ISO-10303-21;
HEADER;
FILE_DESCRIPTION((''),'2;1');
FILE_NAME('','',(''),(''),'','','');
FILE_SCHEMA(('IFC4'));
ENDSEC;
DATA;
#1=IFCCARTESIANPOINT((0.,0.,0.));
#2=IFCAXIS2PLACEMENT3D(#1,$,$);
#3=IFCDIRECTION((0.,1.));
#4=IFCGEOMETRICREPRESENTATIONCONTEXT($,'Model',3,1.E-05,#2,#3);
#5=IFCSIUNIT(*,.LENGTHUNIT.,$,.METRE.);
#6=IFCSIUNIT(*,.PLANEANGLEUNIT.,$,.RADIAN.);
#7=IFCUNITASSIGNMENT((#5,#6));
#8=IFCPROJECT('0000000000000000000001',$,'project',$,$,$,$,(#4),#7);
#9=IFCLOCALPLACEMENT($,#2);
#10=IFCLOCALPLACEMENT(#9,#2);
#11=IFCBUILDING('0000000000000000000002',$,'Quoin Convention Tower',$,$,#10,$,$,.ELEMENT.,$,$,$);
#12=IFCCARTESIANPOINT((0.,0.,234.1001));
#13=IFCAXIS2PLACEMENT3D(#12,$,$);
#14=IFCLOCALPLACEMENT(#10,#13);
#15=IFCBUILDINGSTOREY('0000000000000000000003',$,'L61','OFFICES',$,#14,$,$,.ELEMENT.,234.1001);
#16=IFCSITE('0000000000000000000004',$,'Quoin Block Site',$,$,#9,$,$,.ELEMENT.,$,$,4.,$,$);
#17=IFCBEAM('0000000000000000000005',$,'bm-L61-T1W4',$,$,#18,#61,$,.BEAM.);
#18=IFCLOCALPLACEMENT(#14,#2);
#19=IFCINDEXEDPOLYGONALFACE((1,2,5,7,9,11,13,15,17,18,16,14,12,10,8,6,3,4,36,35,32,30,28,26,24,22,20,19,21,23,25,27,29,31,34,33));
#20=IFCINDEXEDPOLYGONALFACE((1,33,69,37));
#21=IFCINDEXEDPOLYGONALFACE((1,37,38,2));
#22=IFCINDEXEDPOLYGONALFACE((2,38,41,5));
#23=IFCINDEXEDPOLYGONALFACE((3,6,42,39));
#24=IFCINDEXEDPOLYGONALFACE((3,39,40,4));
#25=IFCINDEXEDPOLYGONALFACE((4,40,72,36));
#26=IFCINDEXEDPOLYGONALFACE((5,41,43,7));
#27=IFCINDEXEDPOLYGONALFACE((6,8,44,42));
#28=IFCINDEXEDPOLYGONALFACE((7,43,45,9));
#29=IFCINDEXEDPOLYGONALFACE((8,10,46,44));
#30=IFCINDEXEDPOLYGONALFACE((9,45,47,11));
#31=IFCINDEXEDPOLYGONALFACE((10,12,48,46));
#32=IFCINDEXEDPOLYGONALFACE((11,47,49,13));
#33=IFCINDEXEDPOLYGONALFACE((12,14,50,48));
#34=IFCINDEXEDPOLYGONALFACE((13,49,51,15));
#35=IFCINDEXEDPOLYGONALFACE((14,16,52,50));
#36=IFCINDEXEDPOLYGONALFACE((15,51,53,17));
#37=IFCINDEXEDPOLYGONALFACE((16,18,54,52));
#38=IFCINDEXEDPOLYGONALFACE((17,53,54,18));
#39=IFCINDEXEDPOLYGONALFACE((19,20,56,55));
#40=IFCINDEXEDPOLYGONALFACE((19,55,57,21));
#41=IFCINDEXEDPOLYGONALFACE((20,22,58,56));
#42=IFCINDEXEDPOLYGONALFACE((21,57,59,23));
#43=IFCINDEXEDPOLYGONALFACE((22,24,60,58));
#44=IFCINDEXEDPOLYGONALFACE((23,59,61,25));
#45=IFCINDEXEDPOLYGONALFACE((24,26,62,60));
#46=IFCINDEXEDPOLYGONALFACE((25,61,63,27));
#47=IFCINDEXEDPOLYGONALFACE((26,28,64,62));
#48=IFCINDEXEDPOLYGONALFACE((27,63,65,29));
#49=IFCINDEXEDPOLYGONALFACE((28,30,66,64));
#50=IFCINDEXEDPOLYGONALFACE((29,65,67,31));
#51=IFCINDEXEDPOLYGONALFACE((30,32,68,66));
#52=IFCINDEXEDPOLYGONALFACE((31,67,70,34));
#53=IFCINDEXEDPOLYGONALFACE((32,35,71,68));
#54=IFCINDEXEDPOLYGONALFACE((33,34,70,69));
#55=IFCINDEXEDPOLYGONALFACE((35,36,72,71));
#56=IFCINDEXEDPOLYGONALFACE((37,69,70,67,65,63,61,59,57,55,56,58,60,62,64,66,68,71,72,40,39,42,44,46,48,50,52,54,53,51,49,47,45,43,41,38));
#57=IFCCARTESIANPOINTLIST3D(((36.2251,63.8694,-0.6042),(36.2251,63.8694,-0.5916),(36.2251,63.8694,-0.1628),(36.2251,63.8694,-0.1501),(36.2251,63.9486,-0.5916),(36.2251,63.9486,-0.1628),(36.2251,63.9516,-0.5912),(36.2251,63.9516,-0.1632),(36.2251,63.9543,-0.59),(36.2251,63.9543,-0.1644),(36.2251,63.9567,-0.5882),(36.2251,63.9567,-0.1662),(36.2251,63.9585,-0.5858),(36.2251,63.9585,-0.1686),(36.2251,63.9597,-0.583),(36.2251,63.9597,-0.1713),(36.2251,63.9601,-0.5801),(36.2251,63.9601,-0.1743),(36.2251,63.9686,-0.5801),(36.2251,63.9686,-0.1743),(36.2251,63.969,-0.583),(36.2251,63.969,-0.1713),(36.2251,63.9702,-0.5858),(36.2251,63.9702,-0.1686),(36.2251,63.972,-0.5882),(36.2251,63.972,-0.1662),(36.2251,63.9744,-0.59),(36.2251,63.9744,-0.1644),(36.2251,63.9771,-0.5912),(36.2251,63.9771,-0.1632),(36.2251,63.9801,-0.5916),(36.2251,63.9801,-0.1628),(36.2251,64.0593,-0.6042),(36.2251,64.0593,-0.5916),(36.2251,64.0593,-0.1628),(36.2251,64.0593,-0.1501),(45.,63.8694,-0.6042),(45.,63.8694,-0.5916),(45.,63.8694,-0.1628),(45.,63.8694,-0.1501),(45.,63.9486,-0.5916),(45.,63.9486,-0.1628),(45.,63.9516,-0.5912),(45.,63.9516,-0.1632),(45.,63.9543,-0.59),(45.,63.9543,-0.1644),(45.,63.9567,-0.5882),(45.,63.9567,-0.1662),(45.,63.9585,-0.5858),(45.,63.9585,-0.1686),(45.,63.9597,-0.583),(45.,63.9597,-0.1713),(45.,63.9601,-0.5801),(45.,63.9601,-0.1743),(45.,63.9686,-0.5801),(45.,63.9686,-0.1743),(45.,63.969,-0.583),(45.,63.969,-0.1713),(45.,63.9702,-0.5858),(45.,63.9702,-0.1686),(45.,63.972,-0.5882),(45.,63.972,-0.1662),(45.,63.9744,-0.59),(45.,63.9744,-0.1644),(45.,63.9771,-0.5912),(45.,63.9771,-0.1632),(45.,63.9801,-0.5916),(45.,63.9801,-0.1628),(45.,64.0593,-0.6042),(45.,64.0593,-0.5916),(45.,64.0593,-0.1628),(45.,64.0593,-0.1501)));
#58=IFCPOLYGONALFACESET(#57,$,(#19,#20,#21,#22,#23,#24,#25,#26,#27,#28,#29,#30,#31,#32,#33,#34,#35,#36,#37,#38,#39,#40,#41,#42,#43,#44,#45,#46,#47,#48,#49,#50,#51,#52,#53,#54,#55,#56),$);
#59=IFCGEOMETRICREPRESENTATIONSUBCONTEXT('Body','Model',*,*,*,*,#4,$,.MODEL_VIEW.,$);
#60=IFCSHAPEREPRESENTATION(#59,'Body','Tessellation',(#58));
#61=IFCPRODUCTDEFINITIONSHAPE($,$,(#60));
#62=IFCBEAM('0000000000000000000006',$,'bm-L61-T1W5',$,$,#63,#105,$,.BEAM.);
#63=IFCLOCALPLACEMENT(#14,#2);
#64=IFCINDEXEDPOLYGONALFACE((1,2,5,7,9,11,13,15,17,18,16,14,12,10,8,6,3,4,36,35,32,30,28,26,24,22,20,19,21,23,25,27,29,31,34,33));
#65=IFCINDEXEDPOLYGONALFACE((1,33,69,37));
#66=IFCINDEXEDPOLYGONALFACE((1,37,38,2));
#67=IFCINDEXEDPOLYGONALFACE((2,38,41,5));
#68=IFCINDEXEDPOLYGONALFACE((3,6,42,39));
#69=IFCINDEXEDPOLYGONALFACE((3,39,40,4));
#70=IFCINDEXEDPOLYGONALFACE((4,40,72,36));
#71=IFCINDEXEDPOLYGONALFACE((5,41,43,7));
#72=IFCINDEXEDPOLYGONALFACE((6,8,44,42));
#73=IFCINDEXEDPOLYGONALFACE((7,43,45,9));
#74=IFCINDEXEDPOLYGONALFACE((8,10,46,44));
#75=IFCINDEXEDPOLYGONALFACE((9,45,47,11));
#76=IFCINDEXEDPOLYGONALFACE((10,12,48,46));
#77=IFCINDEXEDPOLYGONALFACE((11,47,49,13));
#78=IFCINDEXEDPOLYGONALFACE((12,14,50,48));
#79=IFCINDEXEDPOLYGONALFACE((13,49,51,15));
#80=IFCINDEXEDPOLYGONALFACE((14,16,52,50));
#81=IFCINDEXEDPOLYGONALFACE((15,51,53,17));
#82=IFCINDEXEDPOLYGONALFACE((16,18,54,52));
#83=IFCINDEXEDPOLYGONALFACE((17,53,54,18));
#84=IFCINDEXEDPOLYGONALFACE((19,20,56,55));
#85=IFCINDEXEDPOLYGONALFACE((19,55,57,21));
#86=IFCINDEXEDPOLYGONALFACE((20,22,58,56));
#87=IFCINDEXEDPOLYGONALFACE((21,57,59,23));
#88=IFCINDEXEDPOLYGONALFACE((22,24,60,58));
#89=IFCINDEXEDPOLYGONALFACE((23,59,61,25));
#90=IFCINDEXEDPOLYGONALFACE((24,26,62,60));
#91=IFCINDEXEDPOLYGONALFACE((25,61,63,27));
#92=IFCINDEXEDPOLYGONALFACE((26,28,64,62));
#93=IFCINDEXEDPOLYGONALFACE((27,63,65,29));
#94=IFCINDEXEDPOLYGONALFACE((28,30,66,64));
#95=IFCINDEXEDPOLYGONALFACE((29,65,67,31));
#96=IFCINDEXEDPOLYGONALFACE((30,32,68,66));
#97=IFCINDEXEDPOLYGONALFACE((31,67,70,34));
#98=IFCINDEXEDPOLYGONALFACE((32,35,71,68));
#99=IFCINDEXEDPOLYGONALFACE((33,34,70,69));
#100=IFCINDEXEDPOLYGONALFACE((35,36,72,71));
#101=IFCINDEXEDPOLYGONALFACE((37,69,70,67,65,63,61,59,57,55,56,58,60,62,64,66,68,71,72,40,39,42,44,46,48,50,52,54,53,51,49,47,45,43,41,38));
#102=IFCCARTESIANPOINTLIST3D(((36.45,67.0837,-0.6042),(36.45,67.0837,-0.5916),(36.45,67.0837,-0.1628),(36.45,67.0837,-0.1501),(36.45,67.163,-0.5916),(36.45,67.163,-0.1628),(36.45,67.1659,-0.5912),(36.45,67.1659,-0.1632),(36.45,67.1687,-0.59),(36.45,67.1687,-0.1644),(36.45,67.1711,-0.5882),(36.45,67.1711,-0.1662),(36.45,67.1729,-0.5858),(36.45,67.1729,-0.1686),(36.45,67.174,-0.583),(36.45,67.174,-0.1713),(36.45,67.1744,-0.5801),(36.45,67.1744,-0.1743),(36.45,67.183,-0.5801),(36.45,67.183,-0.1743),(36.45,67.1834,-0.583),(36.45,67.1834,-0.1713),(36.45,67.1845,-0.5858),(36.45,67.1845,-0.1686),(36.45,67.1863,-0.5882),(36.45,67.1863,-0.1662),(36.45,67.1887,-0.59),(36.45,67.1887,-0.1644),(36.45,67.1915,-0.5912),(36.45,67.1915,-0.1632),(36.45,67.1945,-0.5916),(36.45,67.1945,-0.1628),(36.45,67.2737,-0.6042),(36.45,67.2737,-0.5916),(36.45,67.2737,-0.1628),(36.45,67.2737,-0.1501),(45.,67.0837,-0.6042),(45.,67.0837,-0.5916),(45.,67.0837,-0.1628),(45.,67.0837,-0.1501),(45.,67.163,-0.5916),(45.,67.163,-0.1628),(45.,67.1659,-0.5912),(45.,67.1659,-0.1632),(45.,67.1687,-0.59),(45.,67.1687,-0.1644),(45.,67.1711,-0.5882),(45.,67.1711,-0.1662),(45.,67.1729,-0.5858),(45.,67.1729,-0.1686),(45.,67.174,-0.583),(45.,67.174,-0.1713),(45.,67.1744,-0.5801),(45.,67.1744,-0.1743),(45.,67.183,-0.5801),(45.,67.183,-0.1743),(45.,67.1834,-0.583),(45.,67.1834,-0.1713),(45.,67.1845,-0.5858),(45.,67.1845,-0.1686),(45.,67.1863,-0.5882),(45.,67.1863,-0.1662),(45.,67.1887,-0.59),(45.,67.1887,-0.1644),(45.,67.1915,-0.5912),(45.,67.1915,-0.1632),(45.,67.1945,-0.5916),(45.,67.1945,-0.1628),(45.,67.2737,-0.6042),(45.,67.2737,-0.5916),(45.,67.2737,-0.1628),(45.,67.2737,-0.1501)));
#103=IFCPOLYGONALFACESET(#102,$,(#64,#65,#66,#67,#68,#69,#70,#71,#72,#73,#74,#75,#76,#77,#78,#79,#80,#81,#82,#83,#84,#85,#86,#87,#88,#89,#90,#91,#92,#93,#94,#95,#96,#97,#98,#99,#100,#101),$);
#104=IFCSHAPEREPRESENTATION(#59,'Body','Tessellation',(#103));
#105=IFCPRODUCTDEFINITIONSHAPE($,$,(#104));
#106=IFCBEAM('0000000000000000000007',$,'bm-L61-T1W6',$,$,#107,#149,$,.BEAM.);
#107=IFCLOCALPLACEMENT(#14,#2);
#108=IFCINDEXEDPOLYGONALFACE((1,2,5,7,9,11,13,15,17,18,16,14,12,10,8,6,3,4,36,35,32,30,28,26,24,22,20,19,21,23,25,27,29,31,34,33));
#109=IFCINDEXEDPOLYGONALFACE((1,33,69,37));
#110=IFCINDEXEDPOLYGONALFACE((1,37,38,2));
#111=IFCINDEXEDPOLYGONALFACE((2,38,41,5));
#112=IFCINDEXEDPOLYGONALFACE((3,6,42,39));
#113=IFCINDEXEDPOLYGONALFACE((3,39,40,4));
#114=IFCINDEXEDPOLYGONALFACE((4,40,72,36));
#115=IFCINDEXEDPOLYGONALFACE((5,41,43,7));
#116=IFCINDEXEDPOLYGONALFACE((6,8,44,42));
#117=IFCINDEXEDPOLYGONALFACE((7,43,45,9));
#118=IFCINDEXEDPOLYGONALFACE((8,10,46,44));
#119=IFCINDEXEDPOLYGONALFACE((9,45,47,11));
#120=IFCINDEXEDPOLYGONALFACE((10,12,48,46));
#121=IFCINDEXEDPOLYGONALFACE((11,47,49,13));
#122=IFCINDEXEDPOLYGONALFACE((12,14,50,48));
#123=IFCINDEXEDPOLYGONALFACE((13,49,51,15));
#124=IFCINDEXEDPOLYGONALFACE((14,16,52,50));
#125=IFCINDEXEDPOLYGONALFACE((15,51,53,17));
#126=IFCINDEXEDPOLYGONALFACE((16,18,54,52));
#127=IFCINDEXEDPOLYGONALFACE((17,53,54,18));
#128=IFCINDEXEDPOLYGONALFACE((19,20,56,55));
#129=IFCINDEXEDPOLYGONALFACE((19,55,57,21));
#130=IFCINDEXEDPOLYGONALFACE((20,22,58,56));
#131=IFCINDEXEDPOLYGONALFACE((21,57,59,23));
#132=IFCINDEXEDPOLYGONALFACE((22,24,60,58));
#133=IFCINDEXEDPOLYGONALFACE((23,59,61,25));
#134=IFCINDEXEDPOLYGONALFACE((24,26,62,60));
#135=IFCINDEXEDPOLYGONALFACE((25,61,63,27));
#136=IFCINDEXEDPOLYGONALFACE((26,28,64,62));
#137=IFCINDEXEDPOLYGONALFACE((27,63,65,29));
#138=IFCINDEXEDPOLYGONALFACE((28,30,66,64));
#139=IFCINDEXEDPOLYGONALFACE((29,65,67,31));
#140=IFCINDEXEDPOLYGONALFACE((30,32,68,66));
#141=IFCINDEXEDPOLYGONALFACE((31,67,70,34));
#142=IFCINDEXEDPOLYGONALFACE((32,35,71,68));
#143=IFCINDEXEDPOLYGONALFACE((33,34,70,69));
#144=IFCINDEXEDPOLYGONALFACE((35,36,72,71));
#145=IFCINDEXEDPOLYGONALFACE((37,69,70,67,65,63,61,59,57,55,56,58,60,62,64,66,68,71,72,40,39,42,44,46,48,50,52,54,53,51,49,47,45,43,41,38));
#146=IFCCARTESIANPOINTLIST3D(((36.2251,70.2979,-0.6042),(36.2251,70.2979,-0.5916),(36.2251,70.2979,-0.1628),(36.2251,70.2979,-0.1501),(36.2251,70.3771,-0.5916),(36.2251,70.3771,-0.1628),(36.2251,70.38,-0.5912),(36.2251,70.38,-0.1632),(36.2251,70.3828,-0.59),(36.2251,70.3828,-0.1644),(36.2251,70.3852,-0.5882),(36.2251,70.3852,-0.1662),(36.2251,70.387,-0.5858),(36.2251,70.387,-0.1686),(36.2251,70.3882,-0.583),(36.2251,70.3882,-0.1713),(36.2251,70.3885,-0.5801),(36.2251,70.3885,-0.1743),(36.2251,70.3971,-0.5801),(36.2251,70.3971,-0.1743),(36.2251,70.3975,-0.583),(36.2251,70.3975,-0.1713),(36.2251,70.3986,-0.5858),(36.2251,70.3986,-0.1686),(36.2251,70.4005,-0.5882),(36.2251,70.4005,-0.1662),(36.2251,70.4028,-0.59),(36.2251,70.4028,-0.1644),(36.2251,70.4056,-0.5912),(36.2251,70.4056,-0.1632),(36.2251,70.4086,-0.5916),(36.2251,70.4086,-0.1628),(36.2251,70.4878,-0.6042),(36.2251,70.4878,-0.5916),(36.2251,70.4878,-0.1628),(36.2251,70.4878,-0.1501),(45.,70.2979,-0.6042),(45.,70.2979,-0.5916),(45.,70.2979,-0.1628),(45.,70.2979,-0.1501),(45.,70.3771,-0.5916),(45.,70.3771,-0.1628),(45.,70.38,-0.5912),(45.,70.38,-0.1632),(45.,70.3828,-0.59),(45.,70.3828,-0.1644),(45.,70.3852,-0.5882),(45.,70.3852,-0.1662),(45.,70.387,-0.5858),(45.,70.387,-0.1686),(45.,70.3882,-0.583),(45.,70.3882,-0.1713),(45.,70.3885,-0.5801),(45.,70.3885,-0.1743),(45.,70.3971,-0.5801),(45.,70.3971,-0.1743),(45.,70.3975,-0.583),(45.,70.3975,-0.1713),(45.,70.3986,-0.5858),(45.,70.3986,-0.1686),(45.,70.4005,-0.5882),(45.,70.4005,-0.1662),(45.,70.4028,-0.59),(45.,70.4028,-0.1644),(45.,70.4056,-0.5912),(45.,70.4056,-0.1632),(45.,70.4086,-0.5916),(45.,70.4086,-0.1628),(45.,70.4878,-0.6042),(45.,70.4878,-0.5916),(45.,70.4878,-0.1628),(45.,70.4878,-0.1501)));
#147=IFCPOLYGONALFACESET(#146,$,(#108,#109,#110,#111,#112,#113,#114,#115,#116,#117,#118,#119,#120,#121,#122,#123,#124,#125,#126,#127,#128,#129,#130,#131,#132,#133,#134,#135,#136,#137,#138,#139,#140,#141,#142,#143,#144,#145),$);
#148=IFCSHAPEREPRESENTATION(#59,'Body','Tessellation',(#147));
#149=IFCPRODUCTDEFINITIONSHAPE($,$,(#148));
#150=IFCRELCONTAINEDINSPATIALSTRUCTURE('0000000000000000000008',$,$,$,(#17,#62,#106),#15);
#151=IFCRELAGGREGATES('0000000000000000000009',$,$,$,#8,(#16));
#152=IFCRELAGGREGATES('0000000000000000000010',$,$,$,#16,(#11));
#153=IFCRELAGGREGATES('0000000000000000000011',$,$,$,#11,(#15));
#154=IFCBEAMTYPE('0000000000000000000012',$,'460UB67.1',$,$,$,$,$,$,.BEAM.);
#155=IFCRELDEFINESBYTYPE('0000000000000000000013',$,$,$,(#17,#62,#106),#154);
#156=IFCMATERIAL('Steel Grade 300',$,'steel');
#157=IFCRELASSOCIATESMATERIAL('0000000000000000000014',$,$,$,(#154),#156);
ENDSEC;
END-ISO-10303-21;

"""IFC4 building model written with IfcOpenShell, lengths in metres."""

from ifc_helpers import new_model, si_unit, direction, frame, origin, origin_2d, place, context, subcontext, project, spatial, i_section, extrude, material, material_profile, profile_set, type_object, element, save


model = new_model("IFC4")

# Units and contexts
model_context = context("Model", 3, precision=1e-05, world=origin(), true_north=direction((0.0, 1.0)))
body_context = subcontext(model_context, "Body", "Model", "MODEL_VIEW")
ifc_project = project(units=[si_unit("LENGTHUNIT", "METRE"), si_unit("PLANEANGLEUNIT", "RADIAN")], contexts=[model_context])

# Site, building, storey
site_placement = place(None, origin())
site = spatial("IfcSite", under=ifc_project, at=site_placement, Name="Quoin Block Site", CompositionType="ELEMENT", RefElevation=4.0)
building_placement = place(site_placement, origin())
building = spatial("IfcBuilding", under=site, at=building_placement, Name="Quoin Convention Tower", CompositionType="ELEMENT")
storey_placement = place(building_placement, frame((0.0, 0.0, 234.1001)))
storey = spatial("IfcBuildingStorey", under=building, at=storey_placement, Name="L61", Description="OFFICES", CompositionType="ELEMENT", Elevation=234.1001)

# Beams
ifc_material_1 = material(Name="Steel Grade 300", Category="steel")
ifc_material_profile = material_profile(ifc_material_1, i_section(OverallWidth=0.1899, OverallDepth=0.4541, WebThickness=0.0085, FlangeThickness=0.0127, FilletRadius=0.0115, at=origin_2d()), Name="460UB67.1")
ifc_profile_set = profile_set([ifc_material_profile], Name="Steel Grade 300")
beam_type = type_object("IfcBeamType", Name="460UB67.1", PredefinedType="BEAM", material=ifc_profile_set)
beam_1_placement = place(storey_placement, frame((36.2251, 63.9644, -0.3772), z_axis=(1.0, 0.0, 0.0), x_axis=(0.0, 1.0, 0.0)))
element("IfcBeam", 1, at=beam_1_placement, inside=storey, type_object=beam_type, Name="bm-L61-T1W4", PredefinedType="BEAM", context=body_context, shape_type="SweptSolid", body=[
    extrude(i_section(OverallWidth=0.1899, OverallDepth=0.4541, WebThickness=0.0085, FlangeThickness=0.0127, FilletRadius=0.0115, at=origin_2d()), origin(), (0.0, 0.0, 1.0), 8.7749),
])
beam_2_placement = place(storey_placement, frame((36.45, 67.1787, -0.3772), z_axis=(1.0, 0.0, 0.0), x_axis=(0.0, 1.0, 0.0)))
element("IfcBeam", 2, at=beam_2_placement, inside=storey, type_object=beam_type, Name="bm-L61-T1W5", PredefinedType="BEAM", context=body_context, shape_type="SweptSolid", body=[
    extrude(i_section(OverallWidth=0.1899, OverallDepth=0.4541, WebThickness=0.0085, FlangeThickness=0.0127, FilletRadius=0.0115, at=origin_2d()), origin(), (0.0, 0.0, 1.0), 8.55),
])
beam_3_placement = place(storey_placement, frame((36.2251, 70.3928, -0.3772), z_axis=(1.0, 0.0, 0.0), x_axis=(0.0, 1.0, 0.0)))
element("IfcBeam", 3, at=beam_3_placement, inside=storey, type_object=beam_type, Name="bm-L61-T1W6", PredefinedType="BEAM", context=body_context, shape_type="SweptSolid", body=[
    extrude(i_section(OverallWidth=0.1899, OverallDepth=0.4541, WebThickness=0.0085, FlangeThickness=0.0127, FilletRadius=0.0115, at=origin_2d()), origin(), (0.0, 0.0, 1.0), 8.7749),
])

save(model, "model.ifc")
